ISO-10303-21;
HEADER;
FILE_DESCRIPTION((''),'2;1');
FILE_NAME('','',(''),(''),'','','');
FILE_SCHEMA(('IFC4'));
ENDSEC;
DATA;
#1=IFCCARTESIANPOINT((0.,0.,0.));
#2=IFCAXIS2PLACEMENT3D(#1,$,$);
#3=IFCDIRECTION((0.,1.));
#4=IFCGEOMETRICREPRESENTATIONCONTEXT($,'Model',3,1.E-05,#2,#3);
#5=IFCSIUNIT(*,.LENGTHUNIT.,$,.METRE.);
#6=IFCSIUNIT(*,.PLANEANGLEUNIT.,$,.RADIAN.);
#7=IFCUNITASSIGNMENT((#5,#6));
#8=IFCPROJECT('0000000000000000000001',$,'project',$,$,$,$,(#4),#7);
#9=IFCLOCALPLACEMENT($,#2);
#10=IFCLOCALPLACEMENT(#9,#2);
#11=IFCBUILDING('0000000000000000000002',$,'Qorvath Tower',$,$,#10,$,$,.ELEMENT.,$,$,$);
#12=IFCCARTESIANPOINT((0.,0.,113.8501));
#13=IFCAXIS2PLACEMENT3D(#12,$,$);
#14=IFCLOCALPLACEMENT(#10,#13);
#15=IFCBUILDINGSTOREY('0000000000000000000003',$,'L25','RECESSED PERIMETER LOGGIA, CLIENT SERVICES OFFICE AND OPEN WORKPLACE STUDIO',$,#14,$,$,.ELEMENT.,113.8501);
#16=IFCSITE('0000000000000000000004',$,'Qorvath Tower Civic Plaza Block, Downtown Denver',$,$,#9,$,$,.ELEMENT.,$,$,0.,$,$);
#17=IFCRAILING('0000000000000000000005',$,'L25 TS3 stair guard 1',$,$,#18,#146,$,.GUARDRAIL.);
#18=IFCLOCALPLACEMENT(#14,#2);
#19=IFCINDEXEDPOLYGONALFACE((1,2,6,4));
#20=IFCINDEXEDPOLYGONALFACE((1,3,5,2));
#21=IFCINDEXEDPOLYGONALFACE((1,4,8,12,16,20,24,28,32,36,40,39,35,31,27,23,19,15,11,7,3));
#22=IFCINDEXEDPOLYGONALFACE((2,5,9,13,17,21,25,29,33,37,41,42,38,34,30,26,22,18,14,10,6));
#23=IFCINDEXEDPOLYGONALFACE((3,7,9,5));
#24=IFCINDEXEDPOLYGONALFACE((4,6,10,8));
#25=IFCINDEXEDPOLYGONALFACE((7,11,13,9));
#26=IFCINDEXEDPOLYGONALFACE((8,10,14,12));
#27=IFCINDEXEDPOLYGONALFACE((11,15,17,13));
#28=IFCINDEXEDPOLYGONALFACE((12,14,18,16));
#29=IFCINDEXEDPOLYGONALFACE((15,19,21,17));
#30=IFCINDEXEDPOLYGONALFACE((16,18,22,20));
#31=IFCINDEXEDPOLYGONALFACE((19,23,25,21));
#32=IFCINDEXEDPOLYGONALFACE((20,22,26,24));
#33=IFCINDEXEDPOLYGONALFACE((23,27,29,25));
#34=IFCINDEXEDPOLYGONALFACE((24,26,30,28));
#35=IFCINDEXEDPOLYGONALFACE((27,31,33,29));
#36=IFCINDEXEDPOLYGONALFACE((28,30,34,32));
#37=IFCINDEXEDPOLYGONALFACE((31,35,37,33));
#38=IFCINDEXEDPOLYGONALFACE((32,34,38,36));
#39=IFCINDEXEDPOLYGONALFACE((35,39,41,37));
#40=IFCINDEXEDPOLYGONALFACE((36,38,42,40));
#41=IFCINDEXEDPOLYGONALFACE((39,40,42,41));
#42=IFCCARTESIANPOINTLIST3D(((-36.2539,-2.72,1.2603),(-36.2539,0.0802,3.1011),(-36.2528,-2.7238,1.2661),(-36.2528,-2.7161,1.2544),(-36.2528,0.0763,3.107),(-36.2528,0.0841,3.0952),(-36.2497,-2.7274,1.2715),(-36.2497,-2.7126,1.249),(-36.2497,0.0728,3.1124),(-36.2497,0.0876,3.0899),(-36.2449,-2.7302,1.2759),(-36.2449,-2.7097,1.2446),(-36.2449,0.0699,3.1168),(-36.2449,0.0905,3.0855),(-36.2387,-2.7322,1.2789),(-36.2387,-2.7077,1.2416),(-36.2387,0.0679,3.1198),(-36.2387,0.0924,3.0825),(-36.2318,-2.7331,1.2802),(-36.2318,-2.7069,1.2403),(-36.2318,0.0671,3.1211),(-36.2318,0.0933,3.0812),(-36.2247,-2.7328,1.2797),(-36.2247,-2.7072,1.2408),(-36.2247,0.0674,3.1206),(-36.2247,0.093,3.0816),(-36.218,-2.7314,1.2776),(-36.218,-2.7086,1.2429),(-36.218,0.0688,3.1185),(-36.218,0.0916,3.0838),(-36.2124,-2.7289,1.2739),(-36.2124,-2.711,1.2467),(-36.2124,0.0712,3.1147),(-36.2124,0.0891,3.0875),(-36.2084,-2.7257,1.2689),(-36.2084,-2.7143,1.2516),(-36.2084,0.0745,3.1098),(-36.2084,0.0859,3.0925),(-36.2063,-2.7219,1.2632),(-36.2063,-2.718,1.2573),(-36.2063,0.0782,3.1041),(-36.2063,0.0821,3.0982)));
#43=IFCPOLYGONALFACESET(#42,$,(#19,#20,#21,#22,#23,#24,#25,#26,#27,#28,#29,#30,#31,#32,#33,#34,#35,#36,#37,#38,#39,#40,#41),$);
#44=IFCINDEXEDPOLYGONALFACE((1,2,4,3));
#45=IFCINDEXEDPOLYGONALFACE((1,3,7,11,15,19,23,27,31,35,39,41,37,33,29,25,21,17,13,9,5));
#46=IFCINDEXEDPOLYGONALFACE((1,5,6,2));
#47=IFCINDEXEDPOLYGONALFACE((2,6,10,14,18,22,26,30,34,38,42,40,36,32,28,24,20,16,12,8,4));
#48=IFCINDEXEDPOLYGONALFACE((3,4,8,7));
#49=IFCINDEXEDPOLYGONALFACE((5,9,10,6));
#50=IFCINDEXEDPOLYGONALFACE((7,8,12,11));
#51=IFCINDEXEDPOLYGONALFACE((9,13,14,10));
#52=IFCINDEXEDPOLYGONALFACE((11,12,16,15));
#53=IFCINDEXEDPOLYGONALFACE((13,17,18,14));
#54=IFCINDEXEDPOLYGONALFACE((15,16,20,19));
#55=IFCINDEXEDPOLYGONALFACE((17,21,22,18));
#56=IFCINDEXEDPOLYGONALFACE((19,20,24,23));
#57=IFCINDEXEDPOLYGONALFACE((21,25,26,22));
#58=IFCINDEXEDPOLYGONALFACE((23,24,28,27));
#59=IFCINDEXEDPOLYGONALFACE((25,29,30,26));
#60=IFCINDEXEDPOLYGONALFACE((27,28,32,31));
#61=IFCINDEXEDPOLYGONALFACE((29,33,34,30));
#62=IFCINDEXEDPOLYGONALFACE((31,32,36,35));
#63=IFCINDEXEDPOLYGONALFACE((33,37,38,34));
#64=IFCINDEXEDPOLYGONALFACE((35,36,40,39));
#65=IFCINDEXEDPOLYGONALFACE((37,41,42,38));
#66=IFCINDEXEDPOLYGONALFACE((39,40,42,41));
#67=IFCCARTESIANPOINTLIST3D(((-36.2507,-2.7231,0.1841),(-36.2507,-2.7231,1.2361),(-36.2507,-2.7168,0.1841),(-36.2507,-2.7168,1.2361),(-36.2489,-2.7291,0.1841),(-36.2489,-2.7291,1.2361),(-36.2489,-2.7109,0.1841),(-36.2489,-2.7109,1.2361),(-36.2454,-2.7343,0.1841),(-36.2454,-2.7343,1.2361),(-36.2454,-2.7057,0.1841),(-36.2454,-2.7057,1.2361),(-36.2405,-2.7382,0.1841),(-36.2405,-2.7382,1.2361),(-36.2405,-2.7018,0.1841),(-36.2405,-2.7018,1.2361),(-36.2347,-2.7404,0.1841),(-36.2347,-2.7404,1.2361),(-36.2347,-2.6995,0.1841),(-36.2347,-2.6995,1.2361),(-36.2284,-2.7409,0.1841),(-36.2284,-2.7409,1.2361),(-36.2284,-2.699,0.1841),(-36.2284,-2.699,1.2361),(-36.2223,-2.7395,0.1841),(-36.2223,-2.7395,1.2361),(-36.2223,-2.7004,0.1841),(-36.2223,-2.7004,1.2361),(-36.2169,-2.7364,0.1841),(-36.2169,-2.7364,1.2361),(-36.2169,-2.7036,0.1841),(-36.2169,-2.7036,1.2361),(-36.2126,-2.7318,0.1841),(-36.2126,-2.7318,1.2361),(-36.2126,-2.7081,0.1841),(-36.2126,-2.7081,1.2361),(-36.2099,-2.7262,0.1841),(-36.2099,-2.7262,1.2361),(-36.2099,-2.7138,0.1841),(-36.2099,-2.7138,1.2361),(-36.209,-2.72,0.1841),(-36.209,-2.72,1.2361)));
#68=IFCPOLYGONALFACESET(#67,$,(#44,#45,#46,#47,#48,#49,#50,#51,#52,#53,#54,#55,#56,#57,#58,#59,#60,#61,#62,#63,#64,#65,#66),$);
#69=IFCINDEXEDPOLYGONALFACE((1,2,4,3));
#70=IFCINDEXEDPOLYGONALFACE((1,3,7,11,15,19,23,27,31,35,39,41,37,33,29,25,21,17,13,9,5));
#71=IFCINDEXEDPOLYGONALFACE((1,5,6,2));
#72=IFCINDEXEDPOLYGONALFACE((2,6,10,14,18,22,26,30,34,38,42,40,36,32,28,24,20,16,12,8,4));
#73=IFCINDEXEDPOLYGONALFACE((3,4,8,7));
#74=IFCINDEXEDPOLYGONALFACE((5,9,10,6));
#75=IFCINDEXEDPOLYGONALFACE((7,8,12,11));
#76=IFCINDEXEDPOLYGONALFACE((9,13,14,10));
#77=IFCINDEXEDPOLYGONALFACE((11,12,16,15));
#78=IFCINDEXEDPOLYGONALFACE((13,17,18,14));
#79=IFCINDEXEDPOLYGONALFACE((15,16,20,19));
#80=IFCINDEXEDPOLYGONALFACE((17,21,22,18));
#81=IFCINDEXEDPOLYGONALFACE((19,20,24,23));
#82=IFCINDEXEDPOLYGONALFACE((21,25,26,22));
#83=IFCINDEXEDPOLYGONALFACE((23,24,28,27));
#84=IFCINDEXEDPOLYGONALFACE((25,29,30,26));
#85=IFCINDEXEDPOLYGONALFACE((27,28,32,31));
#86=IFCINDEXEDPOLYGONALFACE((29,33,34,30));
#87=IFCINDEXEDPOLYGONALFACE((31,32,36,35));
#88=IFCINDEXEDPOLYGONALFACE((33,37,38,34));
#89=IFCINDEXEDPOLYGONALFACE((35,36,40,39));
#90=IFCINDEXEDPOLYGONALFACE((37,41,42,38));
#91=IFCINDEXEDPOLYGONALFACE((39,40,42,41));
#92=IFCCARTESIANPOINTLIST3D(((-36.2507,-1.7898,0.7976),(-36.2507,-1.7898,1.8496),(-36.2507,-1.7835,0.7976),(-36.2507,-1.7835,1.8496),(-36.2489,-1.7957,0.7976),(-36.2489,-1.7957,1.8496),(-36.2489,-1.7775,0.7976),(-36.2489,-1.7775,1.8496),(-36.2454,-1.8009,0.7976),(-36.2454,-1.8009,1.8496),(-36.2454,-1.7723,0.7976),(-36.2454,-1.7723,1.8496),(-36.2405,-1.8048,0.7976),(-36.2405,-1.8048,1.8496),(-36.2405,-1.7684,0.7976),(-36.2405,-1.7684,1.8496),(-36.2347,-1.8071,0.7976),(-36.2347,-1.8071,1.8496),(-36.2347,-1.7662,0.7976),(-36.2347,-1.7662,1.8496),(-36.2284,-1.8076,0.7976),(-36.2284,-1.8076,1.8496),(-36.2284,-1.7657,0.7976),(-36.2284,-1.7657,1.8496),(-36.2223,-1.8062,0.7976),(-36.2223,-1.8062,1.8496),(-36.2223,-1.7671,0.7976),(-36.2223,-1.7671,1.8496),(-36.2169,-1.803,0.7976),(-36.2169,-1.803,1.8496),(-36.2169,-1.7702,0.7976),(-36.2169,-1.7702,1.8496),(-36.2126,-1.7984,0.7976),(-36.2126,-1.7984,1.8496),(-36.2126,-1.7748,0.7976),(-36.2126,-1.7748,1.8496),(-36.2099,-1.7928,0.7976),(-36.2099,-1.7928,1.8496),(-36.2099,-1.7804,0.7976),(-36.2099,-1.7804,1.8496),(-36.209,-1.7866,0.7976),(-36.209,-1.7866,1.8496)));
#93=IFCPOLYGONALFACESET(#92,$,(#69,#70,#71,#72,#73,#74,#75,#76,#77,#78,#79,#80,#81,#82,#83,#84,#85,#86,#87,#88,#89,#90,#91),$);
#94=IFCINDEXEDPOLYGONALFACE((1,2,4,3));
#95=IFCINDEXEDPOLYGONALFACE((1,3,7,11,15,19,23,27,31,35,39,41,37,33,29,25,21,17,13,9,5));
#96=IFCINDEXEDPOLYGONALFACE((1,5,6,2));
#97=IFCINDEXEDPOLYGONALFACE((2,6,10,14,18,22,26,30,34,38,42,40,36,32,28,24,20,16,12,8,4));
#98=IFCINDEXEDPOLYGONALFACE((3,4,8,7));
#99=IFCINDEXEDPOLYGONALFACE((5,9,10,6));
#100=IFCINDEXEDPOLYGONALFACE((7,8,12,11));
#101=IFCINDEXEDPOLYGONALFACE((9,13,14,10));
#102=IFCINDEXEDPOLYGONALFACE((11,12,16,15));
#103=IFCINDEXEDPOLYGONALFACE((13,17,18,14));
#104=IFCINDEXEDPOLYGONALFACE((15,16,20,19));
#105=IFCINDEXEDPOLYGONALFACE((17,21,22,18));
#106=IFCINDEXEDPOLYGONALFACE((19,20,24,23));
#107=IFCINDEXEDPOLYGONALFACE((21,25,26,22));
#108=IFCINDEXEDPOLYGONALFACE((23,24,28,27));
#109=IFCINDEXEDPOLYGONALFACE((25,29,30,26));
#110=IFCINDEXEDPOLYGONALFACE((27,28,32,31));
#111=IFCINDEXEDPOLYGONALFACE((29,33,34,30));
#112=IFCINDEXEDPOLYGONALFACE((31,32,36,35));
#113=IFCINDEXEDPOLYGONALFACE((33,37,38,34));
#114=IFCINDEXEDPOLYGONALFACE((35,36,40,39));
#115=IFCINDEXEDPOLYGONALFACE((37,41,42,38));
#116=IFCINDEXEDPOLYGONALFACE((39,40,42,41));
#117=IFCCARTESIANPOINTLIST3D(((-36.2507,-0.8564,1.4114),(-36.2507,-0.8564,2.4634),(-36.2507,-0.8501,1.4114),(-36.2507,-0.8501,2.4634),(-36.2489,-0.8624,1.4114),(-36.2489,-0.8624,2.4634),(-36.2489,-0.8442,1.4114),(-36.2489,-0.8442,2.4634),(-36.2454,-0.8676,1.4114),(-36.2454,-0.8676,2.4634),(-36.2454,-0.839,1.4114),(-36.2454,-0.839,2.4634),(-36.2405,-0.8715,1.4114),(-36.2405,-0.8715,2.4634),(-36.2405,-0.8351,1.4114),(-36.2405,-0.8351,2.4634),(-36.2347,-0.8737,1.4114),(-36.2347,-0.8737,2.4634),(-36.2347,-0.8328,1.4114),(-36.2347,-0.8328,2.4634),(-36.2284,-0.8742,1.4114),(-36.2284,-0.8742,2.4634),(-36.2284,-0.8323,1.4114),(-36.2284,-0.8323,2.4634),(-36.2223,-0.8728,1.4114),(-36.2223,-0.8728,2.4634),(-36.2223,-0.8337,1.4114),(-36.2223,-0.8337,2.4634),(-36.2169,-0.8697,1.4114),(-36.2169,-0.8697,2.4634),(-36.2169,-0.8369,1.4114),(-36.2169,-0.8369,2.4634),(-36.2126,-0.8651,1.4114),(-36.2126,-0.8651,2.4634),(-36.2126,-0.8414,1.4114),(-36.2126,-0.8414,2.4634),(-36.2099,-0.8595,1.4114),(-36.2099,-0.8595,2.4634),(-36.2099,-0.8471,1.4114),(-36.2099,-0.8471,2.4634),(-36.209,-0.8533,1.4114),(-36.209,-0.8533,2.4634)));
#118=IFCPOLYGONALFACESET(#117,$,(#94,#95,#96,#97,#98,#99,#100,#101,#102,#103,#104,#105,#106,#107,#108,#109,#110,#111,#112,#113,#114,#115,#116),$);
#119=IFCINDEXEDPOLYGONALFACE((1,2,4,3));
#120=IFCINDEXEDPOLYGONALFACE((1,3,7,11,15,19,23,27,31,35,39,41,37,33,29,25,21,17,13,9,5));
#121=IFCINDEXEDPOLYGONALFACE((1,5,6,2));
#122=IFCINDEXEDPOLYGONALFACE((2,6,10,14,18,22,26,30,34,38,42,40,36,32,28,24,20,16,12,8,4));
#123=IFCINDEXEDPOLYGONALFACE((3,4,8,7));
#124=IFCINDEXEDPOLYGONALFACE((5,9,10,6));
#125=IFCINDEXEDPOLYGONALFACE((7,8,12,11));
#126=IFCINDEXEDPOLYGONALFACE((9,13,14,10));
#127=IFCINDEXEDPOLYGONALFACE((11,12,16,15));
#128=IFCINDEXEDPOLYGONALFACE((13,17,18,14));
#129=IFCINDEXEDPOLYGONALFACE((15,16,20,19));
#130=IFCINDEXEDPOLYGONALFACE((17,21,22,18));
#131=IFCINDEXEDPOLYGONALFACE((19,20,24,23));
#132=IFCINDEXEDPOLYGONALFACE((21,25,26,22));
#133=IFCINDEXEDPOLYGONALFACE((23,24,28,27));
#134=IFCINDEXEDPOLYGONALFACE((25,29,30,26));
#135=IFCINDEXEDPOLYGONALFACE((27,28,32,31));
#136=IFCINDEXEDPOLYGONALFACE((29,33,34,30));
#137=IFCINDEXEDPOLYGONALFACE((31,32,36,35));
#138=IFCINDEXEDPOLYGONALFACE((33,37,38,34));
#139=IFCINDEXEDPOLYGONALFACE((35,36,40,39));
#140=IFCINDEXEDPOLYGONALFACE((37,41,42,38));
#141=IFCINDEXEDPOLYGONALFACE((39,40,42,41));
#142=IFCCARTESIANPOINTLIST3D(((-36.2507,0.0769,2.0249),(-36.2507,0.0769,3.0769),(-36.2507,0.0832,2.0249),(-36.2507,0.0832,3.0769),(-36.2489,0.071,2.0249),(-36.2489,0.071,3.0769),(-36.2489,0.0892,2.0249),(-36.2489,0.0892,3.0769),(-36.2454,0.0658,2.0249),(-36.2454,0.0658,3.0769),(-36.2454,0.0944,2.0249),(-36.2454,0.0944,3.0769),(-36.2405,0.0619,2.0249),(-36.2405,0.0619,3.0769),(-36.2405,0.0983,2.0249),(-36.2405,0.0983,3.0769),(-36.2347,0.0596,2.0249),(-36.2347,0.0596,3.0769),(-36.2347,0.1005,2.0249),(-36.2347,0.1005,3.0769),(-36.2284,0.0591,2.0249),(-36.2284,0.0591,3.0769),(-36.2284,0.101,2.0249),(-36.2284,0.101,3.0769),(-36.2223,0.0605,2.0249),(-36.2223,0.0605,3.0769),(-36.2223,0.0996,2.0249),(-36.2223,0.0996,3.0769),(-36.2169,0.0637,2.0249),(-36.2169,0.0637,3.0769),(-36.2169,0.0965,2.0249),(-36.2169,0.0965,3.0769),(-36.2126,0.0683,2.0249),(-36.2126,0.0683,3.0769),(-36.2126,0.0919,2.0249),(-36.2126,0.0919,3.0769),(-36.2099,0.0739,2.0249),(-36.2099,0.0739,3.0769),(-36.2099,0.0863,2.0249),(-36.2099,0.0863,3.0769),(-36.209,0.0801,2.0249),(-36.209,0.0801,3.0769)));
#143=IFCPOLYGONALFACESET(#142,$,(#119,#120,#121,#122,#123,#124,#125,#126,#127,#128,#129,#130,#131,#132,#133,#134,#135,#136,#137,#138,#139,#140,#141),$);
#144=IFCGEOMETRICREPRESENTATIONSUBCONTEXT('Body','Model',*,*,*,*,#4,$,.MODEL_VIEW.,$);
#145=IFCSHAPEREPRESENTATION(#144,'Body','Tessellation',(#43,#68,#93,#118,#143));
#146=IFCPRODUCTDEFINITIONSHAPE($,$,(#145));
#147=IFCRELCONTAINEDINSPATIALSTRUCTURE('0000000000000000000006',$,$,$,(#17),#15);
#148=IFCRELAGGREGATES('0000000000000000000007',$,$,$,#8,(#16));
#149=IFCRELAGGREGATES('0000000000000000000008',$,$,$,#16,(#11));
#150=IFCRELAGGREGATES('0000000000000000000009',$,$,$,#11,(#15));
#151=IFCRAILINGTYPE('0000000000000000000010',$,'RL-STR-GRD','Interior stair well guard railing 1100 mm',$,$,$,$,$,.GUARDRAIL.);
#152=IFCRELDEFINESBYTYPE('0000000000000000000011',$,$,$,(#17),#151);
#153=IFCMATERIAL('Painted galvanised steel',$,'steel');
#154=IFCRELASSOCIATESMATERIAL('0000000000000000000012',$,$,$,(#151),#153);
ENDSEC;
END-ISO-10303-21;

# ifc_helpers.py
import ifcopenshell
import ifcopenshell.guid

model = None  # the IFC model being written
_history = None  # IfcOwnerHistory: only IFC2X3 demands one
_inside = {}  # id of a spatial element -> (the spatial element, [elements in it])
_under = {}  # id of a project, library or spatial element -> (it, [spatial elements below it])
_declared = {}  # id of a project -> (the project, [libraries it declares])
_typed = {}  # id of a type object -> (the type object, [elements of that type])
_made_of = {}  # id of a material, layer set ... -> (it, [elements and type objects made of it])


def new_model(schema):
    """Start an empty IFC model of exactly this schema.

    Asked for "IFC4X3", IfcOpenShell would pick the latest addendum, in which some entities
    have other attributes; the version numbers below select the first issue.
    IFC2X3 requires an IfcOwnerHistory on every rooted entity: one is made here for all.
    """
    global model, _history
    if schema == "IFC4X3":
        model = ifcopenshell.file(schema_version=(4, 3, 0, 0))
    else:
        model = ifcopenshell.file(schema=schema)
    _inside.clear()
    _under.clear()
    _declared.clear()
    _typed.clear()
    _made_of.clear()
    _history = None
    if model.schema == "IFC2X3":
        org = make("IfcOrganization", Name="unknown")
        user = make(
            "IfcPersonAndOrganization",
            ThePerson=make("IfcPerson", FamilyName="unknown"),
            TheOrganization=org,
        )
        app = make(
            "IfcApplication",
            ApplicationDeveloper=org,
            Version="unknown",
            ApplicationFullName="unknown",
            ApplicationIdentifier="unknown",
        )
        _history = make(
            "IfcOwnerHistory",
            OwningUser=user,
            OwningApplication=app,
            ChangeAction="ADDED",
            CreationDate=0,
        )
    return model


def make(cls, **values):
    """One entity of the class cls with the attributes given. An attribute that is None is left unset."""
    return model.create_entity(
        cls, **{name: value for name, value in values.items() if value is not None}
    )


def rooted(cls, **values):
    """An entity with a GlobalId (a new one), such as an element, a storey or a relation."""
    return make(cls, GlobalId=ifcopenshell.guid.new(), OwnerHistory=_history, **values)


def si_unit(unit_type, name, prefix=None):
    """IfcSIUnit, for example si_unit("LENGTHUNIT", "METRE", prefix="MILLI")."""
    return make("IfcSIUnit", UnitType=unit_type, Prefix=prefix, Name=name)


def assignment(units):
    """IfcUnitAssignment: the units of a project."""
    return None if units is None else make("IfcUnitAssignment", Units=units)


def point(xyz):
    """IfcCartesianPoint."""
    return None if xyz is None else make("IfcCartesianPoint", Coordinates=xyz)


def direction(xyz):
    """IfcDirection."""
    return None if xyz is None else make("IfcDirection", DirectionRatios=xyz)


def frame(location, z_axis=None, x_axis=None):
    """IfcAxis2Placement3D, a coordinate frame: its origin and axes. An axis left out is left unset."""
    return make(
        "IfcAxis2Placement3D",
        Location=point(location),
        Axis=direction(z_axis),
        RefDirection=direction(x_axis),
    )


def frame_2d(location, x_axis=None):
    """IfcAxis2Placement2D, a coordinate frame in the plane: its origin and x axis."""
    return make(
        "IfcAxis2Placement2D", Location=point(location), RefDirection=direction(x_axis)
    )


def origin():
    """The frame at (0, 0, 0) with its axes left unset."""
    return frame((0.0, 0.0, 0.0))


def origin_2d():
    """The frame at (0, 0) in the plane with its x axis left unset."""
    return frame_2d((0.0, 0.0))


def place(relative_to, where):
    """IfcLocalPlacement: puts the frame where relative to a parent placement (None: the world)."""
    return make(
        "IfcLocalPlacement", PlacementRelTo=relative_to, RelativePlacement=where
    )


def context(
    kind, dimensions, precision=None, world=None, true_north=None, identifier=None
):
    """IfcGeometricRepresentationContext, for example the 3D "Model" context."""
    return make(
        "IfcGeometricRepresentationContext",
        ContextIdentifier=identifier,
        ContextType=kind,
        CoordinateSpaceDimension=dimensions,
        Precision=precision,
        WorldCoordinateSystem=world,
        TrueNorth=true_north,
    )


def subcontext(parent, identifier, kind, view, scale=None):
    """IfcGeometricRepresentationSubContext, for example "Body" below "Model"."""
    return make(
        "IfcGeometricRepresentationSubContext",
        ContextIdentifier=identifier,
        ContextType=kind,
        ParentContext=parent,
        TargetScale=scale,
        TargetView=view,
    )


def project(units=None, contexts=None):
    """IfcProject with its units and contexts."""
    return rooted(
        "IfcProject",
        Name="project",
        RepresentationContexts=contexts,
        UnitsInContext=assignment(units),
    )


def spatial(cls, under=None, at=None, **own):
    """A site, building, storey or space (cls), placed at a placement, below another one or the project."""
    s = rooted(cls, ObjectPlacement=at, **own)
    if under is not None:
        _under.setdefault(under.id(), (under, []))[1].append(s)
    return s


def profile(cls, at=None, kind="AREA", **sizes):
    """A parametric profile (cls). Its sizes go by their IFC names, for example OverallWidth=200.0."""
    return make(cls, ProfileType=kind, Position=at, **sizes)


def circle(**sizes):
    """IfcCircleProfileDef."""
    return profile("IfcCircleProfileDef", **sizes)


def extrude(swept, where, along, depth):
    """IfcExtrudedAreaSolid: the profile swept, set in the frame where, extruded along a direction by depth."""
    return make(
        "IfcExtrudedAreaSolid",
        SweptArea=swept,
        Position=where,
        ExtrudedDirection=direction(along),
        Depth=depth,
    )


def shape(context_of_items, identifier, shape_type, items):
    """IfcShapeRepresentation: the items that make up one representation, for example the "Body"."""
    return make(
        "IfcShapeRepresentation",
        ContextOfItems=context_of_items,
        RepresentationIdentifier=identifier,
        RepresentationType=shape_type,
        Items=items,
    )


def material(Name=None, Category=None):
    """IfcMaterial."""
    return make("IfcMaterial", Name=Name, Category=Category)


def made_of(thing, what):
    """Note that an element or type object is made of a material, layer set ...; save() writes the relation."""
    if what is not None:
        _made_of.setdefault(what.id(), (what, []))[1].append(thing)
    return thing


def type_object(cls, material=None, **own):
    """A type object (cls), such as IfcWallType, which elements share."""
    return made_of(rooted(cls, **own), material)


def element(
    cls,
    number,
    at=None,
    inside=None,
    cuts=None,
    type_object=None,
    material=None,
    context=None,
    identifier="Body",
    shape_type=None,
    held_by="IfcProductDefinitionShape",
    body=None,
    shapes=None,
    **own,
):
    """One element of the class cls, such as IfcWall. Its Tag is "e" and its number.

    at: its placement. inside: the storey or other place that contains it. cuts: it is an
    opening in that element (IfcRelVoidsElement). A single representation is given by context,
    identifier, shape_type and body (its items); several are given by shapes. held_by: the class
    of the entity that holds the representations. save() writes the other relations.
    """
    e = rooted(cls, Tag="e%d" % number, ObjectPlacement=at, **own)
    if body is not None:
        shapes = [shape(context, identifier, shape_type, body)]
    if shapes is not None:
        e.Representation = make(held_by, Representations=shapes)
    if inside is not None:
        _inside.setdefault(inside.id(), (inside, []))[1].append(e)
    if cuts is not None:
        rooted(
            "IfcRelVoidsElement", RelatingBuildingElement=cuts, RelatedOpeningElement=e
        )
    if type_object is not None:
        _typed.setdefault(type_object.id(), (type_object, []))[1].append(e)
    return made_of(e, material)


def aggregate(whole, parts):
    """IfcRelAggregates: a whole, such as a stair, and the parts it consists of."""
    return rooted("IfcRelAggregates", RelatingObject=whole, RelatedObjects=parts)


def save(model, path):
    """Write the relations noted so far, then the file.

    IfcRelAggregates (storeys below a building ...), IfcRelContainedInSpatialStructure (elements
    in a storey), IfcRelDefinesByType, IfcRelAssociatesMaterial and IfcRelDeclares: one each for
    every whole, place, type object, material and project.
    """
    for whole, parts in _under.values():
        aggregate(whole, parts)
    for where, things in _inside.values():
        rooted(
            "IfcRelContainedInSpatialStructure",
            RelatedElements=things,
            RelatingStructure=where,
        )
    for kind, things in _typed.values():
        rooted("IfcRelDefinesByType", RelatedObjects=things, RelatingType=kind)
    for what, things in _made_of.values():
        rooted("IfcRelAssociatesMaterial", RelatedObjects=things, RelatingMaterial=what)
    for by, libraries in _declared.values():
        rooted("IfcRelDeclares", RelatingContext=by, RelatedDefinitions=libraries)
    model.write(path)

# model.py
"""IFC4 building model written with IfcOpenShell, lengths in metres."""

from ifc_helpers import new_model, si_unit, direction, frame, origin, origin_2d, place, context, subcontext, project, spatial, circle, extrude, material, type_object, element, save


model = new_model("IFC4")

# Units and contexts
model_context = context("Model", 3, precision=1e-05, world=origin(), true_north=direction((0.0, 1.0)))
body_context = subcontext(model_context, "Body", "Model", "MODEL_VIEW")
ifc_project = project(units=[si_unit("LENGTHUNIT", "METRE"), si_unit("PLANEANGLEUNIT", "RADIAN")], contexts=[model_context])

# Site, building, storey
site_placement = place(None, origin())
site = spatial("IfcSite", under=ifc_project, at=site_placement, Name="Qorvath Tower Civic Plaza Block, Downtown Denver", CompositionType="ELEMENT", RefElevation=0.0)
building_placement = place(site_placement, origin())
building = spatial("IfcBuilding", under=site, at=building_placement, Name="Qorvath Tower", CompositionType="ELEMENT")
storey_placement = place(building_placement, frame((0.0, 0.0, 113.8501)))
storey = spatial("IfcBuildingStorey", under=building, at=storey_placement, Name="L25", Description="RECESSED PERIMETER LOGGIA, CLIENT SERVICES OFFICE AND OPEN WORKPLACE STUDIO", CompositionType="ELEMENT", Elevation=113.8501)

# Railing
ifc_material_1 = material(Name="Painted galvanised steel", Category="steel")
railing_type_1 = type_object("IfcRailingType", Name="RL-STR-GRD", Description="Interior stair well guard railing 1100 mm", PredefinedType="GUARDRAIL", material=ifc_material_1)
railing_1_placement = place(storey_placement, frame((-36.23, -2.72, 0.1841)))
element("IfcRailing", 1, at=railing_1_placement, inside=storey, type_object=railing_type_1, Name="L25 TS3 stair guard 1", PredefinedType="GUARDRAIL", context=body_context, shape_type="SweptSolid", body=[
    extrude(circle(Radius=0.0239, at=origin_2d()), frame((0.0, 0.0, 1.0762), z_axis=(0.0, 0.835598, 0.549342), x_axis=(-1.0, 0.0, 0.0)), (0.0, 0.0, 1.0), 3.3511),
    extrude(circle(Radius=0.021, at=origin_2d()), origin(), (0.0, 0.0, 1.0), 1.052),
    extrude(circle(Radius=0.021, at=origin_2d()), frame((0.0, 0.9333, 0.6135)), (0.0, 0.0, 1.0), 1.052),
    extrude(circle(Radius=0.021, at=origin_2d()), frame((0.0, 1.8667, 1.2273)), (0.0, 0.0, 1.0), 1.052),
    extrude(circle(Radius=0.021, at=origin_2d()), frame((0.0, 2.8, 1.8408)), (0.0, 0.0, 1.0), 1.052),
])

save(model, "model.ifc")
